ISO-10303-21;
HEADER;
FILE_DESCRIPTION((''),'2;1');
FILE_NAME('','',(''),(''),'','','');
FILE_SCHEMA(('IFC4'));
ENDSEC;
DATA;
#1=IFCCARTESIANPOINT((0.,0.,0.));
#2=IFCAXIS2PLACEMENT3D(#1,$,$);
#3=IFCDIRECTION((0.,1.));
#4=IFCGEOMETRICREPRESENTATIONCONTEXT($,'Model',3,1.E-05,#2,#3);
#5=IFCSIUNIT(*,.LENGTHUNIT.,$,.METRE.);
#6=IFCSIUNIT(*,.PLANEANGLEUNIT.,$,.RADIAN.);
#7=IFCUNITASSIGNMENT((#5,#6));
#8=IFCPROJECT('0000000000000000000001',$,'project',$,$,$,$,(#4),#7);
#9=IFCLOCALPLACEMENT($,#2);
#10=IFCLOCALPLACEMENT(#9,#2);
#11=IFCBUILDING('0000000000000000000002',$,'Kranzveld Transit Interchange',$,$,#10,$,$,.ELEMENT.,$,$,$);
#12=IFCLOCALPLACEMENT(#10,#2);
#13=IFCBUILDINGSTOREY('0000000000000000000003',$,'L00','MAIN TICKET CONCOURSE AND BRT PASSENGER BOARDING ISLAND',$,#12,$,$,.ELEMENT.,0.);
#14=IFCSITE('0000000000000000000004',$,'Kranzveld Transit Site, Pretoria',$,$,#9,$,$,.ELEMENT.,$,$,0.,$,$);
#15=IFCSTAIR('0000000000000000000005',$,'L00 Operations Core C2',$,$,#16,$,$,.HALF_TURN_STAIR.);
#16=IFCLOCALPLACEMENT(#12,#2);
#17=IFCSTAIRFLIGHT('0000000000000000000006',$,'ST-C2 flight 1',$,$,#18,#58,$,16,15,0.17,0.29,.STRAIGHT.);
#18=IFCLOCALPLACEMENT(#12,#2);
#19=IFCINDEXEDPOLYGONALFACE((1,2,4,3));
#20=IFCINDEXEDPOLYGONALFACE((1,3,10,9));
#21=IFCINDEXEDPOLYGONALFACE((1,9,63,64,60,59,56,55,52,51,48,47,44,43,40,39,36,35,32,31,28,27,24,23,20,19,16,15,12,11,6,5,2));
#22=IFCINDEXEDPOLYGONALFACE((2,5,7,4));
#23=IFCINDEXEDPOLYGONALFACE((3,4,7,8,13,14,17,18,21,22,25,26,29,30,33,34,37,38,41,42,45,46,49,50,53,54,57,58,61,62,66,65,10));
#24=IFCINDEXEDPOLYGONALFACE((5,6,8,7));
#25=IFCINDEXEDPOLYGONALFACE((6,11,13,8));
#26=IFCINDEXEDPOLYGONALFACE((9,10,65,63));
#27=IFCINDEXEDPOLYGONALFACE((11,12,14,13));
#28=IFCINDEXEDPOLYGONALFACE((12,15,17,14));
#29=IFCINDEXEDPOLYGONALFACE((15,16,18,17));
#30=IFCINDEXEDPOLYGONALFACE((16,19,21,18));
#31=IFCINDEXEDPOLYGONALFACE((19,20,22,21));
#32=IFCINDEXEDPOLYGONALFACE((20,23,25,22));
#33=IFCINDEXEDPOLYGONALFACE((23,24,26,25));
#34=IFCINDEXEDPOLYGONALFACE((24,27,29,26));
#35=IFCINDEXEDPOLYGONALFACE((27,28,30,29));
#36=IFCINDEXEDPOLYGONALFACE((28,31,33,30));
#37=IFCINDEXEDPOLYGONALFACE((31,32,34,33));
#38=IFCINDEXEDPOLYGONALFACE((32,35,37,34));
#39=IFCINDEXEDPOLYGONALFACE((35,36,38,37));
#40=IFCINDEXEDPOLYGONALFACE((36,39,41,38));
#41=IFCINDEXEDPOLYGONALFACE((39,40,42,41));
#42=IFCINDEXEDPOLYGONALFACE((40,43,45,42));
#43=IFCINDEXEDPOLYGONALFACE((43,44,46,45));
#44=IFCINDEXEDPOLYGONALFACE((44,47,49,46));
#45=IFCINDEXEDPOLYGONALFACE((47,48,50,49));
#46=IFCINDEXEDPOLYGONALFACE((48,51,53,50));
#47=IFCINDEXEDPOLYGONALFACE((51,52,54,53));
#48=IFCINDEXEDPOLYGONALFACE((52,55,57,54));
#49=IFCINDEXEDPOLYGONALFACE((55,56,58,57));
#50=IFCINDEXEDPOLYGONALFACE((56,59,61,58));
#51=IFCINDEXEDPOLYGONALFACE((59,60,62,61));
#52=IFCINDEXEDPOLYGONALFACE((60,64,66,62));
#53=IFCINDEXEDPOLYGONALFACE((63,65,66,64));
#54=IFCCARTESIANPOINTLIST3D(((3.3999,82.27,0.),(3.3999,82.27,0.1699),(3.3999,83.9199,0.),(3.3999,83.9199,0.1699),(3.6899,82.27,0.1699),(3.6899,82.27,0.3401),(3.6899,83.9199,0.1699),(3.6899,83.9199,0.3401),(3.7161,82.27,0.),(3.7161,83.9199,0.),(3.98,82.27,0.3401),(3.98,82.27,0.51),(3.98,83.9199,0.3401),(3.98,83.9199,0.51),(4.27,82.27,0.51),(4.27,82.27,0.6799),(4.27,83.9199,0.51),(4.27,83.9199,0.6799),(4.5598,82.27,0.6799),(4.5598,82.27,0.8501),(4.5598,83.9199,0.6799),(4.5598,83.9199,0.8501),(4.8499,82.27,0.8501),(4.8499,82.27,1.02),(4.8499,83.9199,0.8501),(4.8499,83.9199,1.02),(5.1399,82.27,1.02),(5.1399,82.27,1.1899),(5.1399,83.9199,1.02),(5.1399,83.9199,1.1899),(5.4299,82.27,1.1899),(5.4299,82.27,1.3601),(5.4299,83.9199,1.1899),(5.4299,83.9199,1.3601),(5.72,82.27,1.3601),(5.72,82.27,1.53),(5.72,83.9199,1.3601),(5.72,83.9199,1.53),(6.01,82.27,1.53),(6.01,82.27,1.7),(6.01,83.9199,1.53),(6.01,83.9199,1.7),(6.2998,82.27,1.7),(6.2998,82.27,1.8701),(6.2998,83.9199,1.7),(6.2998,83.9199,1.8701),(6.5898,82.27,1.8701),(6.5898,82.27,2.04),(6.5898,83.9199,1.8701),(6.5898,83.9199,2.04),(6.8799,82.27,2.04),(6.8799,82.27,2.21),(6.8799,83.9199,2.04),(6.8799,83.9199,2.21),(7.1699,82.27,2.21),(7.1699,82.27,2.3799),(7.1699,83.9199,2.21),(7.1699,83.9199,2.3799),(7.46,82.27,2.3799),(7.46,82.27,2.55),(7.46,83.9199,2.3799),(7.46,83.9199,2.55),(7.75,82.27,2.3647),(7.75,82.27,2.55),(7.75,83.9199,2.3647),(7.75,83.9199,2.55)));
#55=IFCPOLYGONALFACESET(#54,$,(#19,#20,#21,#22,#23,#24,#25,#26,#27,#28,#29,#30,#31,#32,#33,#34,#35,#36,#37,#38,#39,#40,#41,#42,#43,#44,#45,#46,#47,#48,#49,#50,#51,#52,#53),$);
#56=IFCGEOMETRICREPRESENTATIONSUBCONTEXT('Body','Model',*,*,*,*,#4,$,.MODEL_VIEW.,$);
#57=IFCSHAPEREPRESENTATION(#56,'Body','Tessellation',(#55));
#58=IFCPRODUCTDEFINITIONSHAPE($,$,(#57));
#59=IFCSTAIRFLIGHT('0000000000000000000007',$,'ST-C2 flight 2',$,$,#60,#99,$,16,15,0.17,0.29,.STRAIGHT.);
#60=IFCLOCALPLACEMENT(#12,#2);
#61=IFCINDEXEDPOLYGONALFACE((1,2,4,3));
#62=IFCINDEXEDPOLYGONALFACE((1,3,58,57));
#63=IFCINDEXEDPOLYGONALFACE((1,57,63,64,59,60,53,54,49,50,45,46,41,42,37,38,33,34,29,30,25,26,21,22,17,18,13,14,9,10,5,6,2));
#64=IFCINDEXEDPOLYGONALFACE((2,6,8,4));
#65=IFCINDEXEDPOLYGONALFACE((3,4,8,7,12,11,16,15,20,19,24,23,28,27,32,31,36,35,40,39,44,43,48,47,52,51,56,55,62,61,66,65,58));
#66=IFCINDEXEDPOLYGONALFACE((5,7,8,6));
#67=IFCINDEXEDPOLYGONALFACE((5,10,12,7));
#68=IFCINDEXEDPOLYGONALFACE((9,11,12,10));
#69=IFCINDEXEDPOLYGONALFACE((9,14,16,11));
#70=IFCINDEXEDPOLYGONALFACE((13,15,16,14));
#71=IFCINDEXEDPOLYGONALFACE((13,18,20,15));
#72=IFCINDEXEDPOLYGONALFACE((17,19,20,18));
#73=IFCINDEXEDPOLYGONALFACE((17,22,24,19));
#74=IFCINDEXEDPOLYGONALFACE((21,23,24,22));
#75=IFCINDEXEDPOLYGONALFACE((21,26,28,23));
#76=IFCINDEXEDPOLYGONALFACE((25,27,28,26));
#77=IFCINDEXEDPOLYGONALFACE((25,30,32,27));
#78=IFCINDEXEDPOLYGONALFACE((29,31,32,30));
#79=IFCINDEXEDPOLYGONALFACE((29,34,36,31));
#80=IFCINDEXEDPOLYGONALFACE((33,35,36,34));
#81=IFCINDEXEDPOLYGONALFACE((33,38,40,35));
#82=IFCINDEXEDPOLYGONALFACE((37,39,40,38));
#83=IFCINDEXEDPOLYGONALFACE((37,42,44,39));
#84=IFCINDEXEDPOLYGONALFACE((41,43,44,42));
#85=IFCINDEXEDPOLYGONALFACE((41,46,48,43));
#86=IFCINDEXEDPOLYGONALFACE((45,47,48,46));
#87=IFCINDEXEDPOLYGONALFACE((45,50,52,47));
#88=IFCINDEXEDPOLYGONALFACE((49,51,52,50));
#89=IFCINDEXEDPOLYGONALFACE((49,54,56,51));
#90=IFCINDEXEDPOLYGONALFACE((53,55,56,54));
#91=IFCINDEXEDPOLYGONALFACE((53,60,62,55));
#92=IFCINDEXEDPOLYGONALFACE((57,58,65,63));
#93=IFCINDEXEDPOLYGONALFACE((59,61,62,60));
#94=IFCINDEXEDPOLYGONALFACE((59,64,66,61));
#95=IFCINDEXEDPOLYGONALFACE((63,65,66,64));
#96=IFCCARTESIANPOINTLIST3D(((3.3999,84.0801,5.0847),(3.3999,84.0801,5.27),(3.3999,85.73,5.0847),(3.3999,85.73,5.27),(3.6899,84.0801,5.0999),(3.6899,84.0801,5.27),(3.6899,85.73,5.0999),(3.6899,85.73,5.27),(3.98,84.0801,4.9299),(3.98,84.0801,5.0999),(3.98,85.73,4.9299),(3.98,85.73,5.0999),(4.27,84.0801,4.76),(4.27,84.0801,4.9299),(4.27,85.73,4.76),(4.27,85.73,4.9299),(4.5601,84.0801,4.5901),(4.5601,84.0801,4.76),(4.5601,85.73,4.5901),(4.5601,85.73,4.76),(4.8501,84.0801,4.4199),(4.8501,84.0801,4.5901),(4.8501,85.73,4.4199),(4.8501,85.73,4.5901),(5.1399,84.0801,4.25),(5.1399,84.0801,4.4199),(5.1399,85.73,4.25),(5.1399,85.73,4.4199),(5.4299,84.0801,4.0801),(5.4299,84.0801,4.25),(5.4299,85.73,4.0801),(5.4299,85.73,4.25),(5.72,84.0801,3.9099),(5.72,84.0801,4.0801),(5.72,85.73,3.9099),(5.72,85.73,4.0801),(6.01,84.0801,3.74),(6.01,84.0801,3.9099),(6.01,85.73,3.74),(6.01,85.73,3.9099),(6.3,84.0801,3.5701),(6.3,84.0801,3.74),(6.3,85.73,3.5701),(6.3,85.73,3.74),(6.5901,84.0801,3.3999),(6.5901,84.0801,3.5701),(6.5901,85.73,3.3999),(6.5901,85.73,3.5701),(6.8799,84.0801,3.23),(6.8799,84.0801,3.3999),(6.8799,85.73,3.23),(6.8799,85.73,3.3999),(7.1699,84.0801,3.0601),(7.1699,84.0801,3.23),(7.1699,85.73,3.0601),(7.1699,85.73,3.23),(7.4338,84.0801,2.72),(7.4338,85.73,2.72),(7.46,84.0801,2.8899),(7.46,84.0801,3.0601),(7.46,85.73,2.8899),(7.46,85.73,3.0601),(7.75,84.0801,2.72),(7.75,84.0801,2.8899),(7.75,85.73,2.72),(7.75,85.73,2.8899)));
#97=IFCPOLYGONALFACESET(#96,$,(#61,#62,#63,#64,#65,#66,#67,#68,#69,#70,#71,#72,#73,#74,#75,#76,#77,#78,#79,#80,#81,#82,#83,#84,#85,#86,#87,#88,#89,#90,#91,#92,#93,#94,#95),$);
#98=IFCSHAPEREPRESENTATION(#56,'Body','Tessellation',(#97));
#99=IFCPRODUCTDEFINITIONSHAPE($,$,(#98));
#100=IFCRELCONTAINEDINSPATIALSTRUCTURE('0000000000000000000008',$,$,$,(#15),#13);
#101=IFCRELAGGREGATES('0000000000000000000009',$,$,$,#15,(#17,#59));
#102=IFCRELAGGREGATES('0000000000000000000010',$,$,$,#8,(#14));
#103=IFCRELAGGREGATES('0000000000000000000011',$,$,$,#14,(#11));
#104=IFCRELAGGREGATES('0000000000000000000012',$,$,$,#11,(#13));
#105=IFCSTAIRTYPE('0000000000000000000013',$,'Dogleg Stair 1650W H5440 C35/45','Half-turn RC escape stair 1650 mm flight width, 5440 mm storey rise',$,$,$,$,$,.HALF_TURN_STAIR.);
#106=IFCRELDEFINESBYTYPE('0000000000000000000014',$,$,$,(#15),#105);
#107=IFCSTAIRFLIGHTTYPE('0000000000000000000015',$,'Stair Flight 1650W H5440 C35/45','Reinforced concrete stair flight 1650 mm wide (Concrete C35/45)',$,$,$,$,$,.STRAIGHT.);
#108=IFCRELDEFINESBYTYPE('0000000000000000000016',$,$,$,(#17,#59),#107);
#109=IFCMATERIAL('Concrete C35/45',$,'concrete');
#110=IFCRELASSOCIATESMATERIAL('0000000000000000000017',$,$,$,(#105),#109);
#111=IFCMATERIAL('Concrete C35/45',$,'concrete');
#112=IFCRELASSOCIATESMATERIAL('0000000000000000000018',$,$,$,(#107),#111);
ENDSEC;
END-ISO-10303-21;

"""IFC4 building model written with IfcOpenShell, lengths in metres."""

from ifc_helpers import new_model, si_unit, direction, frame, origin, place, context, subcontext, project, spatial, polyline, outline, extrude, material, type_object, element, aggregate, save


model = new_model("IFC4")

# Units and contexts
model_context = context("Model", 3, precision=1e-05, world=origin(), true_north=direction((0.0, 1.0)))
body_context = subcontext(model_context, "Body", "Model", "MODEL_VIEW")
ifc_project = project(units=[si_unit("LENGTHUNIT", "METRE"), si_unit("PLANEANGLEUNIT", "RADIAN")], contexts=[model_context])

# Site, building, storey
site_placement = place(None, origin())
site = spatial("IfcSite", under=ifc_project, at=site_placement, Name="Kranzveld Transit Site, Pretoria", CompositionType="ELEMENT", RefElevation=0.0)
building_placement = place(site_placement, origin())
building = spatial("IfcBuilding", under=site, at=building_placement, Name="Kranzveld Transit Interchange", CompositionType="ELEMENT")
storey_placement = place(building_placement, origin())
storey = spatial("IfcBuildingStorey", under=building, at=storey_placement, Name="L00", Description="MAIN TICKET CONCOURSE AND BRT PASSENGER BOARDING ISLAND", CompositionType="ELEMENT", Elevation=0.0)

# Stair, stair flights
ifc_material_1 = material(Name="Concrete C35/45", Category="concrete")
stair_type = type_object("IfcStairType", Name="Dogleg Stair 1650W H5440 C35/45", Description="Half-turn RC escape stair 1650 mm flight width, 5440 mm storey rise", PredefinedType="HALF_TURN_STAIR", material=ifc_material_1)
stair_placement = place(storey_placement, origin())
stair = element("IfcStair", 1, at=stair_placement, inside=storey, type_object=stair_type, Name="L00 Operations Core C2", PredefinedType="HALF_TURN_STAIR")
ifc_material_2 = material(Name="Concrete C35/45", Category="concrete")
stair_flight_type = type_object("IfcStairFlightType", Name="Stair Flight 1650W H5440 C35/45", Description="Reinforced concrete stair flight 1650 mm wide (Concrete C35/45)", PredefinedType="STRAIGHT", material=ifc_material_2)
stair_flight_1_placement = place(storey_placement, frame((3.3999, 83.095, 0.0), z_axis=(0.0, 0.0, 1.0), x_axis=(1.0, 0.0, 0.0)))
stair_flight_1 = element("IfcStairFlight", 2, at=stair_flight_1_placement, type_object=stair_flight_type, Name="ST-C2 flight 1", NumberOfRisers=16, NumberOfTreads=15, PredefinedType="STRAIGHT", RiserHeight=0.17, TreadLength=0.29, context=body_context, shape_type="SweptSolid", body=[
    extrude(outline(polyline([(0.0, 0.0), (0.0, 0.1699), (0.29, 0.1699), (0.29, 0.3401), (0.5801, 0.3401), (0.5801, 0.51), (0.8701, 0.51), (0.8701, 0.6799), (1.1599, 0.6799), (1.1599, 0.8501), (1.45, 0.8501), (1.45, 1.02), (1.74, 1.02), (1.74, 1.1899), (2.03, 1.1899), (2.03, 1.3601), (2.3201, 1.3601), (2.3201, 1.53), (2.6101, 1.53), (2.6101, 1.7), (2.8999, 1.7), (2.8999, 1.8701), (3.1899, 1.8701), (3.1899, 2.04), (3.48, 2.04), (3.48, 2.21), (3.77, 2.21), (3.77, 2.3799), (4.0601, 2.3799), (4.0601, 2.55), (4.3501, 2.55), (4.3501, 2.72), (4.3501, 2.3647), (0.3162, 0.0), (0.0, 0.0)])), frame((0.0, 0.825, 0.0), z_axis=(0.0, -1.0, 0.0), x_axis=(1.0, 0.0, 0.0)), (0.0, 0.0, 1.0), 1.6499),
])
stair_flight_2_placement = place(storey_placement, frame((7.75, 84.905, 2.72), z_axis=(0.0, 0.0, 1.0), x_axis=(-1.0, 0.0, 0.0)))
stair_flight_2 = element("IfcStairFlight", 3, at=stair_flight_2_placement, type_object=stair_flight_type, Name="ST-C2 flight 2", NumberOfRisers=16, NumberOfTreads=15, PredefinedType="STRAIGHT", RiserHeight=0.17, TreadLength=0.29, context=body_context, shape_type="SweptSolid", body=[
    extrude(outline(polyline([(0.0, 0.0), (0.0, 0.1699), (0.29, 0.1699), (0.29, 0.3401), (0.5801, 0.3401), (0.5801, 0.51), (0.8701, 0.51), (0.8701, 0.6799), (1.1599, 0.6799), (1.1599, 0.8501), (1.45, 0.8501), (1.45, 1.02), (1.74, 1.02), (1.74, 1.1899), (2.03, 1.1899), (2.03, 1.3601), (2.3201, 1.3601), (2.3201, 1.53), (2.6101, 1.53), (2.6101, 1.7), (2.8999, 1.7), (2.8999, 1.8701), (3.1899, 1.8701), (3.1899, 2.04), (3.48, 2.04), (3.48, 2.21), (3.77, 2.21), (3.77, 2.3799), (4.0601, 2.3799), (4.0601, 2.55), (4.3501, 2.55), (4.3501, 2.72), (4.3501, 2.3647), (0.3162, 0.0), (0.0, 0.0)])), frame((0.0, 0.825, 0.0), z_axis=(0.0, -1.0, 0.0), x_axis=(1.0, 0.0, 0.0)), (0.0, 0.0, 1.0), 1.6499),
])
aggregate(stair, [stair_flight_1, stair_flight_2])

save(model, "model.ifc")
